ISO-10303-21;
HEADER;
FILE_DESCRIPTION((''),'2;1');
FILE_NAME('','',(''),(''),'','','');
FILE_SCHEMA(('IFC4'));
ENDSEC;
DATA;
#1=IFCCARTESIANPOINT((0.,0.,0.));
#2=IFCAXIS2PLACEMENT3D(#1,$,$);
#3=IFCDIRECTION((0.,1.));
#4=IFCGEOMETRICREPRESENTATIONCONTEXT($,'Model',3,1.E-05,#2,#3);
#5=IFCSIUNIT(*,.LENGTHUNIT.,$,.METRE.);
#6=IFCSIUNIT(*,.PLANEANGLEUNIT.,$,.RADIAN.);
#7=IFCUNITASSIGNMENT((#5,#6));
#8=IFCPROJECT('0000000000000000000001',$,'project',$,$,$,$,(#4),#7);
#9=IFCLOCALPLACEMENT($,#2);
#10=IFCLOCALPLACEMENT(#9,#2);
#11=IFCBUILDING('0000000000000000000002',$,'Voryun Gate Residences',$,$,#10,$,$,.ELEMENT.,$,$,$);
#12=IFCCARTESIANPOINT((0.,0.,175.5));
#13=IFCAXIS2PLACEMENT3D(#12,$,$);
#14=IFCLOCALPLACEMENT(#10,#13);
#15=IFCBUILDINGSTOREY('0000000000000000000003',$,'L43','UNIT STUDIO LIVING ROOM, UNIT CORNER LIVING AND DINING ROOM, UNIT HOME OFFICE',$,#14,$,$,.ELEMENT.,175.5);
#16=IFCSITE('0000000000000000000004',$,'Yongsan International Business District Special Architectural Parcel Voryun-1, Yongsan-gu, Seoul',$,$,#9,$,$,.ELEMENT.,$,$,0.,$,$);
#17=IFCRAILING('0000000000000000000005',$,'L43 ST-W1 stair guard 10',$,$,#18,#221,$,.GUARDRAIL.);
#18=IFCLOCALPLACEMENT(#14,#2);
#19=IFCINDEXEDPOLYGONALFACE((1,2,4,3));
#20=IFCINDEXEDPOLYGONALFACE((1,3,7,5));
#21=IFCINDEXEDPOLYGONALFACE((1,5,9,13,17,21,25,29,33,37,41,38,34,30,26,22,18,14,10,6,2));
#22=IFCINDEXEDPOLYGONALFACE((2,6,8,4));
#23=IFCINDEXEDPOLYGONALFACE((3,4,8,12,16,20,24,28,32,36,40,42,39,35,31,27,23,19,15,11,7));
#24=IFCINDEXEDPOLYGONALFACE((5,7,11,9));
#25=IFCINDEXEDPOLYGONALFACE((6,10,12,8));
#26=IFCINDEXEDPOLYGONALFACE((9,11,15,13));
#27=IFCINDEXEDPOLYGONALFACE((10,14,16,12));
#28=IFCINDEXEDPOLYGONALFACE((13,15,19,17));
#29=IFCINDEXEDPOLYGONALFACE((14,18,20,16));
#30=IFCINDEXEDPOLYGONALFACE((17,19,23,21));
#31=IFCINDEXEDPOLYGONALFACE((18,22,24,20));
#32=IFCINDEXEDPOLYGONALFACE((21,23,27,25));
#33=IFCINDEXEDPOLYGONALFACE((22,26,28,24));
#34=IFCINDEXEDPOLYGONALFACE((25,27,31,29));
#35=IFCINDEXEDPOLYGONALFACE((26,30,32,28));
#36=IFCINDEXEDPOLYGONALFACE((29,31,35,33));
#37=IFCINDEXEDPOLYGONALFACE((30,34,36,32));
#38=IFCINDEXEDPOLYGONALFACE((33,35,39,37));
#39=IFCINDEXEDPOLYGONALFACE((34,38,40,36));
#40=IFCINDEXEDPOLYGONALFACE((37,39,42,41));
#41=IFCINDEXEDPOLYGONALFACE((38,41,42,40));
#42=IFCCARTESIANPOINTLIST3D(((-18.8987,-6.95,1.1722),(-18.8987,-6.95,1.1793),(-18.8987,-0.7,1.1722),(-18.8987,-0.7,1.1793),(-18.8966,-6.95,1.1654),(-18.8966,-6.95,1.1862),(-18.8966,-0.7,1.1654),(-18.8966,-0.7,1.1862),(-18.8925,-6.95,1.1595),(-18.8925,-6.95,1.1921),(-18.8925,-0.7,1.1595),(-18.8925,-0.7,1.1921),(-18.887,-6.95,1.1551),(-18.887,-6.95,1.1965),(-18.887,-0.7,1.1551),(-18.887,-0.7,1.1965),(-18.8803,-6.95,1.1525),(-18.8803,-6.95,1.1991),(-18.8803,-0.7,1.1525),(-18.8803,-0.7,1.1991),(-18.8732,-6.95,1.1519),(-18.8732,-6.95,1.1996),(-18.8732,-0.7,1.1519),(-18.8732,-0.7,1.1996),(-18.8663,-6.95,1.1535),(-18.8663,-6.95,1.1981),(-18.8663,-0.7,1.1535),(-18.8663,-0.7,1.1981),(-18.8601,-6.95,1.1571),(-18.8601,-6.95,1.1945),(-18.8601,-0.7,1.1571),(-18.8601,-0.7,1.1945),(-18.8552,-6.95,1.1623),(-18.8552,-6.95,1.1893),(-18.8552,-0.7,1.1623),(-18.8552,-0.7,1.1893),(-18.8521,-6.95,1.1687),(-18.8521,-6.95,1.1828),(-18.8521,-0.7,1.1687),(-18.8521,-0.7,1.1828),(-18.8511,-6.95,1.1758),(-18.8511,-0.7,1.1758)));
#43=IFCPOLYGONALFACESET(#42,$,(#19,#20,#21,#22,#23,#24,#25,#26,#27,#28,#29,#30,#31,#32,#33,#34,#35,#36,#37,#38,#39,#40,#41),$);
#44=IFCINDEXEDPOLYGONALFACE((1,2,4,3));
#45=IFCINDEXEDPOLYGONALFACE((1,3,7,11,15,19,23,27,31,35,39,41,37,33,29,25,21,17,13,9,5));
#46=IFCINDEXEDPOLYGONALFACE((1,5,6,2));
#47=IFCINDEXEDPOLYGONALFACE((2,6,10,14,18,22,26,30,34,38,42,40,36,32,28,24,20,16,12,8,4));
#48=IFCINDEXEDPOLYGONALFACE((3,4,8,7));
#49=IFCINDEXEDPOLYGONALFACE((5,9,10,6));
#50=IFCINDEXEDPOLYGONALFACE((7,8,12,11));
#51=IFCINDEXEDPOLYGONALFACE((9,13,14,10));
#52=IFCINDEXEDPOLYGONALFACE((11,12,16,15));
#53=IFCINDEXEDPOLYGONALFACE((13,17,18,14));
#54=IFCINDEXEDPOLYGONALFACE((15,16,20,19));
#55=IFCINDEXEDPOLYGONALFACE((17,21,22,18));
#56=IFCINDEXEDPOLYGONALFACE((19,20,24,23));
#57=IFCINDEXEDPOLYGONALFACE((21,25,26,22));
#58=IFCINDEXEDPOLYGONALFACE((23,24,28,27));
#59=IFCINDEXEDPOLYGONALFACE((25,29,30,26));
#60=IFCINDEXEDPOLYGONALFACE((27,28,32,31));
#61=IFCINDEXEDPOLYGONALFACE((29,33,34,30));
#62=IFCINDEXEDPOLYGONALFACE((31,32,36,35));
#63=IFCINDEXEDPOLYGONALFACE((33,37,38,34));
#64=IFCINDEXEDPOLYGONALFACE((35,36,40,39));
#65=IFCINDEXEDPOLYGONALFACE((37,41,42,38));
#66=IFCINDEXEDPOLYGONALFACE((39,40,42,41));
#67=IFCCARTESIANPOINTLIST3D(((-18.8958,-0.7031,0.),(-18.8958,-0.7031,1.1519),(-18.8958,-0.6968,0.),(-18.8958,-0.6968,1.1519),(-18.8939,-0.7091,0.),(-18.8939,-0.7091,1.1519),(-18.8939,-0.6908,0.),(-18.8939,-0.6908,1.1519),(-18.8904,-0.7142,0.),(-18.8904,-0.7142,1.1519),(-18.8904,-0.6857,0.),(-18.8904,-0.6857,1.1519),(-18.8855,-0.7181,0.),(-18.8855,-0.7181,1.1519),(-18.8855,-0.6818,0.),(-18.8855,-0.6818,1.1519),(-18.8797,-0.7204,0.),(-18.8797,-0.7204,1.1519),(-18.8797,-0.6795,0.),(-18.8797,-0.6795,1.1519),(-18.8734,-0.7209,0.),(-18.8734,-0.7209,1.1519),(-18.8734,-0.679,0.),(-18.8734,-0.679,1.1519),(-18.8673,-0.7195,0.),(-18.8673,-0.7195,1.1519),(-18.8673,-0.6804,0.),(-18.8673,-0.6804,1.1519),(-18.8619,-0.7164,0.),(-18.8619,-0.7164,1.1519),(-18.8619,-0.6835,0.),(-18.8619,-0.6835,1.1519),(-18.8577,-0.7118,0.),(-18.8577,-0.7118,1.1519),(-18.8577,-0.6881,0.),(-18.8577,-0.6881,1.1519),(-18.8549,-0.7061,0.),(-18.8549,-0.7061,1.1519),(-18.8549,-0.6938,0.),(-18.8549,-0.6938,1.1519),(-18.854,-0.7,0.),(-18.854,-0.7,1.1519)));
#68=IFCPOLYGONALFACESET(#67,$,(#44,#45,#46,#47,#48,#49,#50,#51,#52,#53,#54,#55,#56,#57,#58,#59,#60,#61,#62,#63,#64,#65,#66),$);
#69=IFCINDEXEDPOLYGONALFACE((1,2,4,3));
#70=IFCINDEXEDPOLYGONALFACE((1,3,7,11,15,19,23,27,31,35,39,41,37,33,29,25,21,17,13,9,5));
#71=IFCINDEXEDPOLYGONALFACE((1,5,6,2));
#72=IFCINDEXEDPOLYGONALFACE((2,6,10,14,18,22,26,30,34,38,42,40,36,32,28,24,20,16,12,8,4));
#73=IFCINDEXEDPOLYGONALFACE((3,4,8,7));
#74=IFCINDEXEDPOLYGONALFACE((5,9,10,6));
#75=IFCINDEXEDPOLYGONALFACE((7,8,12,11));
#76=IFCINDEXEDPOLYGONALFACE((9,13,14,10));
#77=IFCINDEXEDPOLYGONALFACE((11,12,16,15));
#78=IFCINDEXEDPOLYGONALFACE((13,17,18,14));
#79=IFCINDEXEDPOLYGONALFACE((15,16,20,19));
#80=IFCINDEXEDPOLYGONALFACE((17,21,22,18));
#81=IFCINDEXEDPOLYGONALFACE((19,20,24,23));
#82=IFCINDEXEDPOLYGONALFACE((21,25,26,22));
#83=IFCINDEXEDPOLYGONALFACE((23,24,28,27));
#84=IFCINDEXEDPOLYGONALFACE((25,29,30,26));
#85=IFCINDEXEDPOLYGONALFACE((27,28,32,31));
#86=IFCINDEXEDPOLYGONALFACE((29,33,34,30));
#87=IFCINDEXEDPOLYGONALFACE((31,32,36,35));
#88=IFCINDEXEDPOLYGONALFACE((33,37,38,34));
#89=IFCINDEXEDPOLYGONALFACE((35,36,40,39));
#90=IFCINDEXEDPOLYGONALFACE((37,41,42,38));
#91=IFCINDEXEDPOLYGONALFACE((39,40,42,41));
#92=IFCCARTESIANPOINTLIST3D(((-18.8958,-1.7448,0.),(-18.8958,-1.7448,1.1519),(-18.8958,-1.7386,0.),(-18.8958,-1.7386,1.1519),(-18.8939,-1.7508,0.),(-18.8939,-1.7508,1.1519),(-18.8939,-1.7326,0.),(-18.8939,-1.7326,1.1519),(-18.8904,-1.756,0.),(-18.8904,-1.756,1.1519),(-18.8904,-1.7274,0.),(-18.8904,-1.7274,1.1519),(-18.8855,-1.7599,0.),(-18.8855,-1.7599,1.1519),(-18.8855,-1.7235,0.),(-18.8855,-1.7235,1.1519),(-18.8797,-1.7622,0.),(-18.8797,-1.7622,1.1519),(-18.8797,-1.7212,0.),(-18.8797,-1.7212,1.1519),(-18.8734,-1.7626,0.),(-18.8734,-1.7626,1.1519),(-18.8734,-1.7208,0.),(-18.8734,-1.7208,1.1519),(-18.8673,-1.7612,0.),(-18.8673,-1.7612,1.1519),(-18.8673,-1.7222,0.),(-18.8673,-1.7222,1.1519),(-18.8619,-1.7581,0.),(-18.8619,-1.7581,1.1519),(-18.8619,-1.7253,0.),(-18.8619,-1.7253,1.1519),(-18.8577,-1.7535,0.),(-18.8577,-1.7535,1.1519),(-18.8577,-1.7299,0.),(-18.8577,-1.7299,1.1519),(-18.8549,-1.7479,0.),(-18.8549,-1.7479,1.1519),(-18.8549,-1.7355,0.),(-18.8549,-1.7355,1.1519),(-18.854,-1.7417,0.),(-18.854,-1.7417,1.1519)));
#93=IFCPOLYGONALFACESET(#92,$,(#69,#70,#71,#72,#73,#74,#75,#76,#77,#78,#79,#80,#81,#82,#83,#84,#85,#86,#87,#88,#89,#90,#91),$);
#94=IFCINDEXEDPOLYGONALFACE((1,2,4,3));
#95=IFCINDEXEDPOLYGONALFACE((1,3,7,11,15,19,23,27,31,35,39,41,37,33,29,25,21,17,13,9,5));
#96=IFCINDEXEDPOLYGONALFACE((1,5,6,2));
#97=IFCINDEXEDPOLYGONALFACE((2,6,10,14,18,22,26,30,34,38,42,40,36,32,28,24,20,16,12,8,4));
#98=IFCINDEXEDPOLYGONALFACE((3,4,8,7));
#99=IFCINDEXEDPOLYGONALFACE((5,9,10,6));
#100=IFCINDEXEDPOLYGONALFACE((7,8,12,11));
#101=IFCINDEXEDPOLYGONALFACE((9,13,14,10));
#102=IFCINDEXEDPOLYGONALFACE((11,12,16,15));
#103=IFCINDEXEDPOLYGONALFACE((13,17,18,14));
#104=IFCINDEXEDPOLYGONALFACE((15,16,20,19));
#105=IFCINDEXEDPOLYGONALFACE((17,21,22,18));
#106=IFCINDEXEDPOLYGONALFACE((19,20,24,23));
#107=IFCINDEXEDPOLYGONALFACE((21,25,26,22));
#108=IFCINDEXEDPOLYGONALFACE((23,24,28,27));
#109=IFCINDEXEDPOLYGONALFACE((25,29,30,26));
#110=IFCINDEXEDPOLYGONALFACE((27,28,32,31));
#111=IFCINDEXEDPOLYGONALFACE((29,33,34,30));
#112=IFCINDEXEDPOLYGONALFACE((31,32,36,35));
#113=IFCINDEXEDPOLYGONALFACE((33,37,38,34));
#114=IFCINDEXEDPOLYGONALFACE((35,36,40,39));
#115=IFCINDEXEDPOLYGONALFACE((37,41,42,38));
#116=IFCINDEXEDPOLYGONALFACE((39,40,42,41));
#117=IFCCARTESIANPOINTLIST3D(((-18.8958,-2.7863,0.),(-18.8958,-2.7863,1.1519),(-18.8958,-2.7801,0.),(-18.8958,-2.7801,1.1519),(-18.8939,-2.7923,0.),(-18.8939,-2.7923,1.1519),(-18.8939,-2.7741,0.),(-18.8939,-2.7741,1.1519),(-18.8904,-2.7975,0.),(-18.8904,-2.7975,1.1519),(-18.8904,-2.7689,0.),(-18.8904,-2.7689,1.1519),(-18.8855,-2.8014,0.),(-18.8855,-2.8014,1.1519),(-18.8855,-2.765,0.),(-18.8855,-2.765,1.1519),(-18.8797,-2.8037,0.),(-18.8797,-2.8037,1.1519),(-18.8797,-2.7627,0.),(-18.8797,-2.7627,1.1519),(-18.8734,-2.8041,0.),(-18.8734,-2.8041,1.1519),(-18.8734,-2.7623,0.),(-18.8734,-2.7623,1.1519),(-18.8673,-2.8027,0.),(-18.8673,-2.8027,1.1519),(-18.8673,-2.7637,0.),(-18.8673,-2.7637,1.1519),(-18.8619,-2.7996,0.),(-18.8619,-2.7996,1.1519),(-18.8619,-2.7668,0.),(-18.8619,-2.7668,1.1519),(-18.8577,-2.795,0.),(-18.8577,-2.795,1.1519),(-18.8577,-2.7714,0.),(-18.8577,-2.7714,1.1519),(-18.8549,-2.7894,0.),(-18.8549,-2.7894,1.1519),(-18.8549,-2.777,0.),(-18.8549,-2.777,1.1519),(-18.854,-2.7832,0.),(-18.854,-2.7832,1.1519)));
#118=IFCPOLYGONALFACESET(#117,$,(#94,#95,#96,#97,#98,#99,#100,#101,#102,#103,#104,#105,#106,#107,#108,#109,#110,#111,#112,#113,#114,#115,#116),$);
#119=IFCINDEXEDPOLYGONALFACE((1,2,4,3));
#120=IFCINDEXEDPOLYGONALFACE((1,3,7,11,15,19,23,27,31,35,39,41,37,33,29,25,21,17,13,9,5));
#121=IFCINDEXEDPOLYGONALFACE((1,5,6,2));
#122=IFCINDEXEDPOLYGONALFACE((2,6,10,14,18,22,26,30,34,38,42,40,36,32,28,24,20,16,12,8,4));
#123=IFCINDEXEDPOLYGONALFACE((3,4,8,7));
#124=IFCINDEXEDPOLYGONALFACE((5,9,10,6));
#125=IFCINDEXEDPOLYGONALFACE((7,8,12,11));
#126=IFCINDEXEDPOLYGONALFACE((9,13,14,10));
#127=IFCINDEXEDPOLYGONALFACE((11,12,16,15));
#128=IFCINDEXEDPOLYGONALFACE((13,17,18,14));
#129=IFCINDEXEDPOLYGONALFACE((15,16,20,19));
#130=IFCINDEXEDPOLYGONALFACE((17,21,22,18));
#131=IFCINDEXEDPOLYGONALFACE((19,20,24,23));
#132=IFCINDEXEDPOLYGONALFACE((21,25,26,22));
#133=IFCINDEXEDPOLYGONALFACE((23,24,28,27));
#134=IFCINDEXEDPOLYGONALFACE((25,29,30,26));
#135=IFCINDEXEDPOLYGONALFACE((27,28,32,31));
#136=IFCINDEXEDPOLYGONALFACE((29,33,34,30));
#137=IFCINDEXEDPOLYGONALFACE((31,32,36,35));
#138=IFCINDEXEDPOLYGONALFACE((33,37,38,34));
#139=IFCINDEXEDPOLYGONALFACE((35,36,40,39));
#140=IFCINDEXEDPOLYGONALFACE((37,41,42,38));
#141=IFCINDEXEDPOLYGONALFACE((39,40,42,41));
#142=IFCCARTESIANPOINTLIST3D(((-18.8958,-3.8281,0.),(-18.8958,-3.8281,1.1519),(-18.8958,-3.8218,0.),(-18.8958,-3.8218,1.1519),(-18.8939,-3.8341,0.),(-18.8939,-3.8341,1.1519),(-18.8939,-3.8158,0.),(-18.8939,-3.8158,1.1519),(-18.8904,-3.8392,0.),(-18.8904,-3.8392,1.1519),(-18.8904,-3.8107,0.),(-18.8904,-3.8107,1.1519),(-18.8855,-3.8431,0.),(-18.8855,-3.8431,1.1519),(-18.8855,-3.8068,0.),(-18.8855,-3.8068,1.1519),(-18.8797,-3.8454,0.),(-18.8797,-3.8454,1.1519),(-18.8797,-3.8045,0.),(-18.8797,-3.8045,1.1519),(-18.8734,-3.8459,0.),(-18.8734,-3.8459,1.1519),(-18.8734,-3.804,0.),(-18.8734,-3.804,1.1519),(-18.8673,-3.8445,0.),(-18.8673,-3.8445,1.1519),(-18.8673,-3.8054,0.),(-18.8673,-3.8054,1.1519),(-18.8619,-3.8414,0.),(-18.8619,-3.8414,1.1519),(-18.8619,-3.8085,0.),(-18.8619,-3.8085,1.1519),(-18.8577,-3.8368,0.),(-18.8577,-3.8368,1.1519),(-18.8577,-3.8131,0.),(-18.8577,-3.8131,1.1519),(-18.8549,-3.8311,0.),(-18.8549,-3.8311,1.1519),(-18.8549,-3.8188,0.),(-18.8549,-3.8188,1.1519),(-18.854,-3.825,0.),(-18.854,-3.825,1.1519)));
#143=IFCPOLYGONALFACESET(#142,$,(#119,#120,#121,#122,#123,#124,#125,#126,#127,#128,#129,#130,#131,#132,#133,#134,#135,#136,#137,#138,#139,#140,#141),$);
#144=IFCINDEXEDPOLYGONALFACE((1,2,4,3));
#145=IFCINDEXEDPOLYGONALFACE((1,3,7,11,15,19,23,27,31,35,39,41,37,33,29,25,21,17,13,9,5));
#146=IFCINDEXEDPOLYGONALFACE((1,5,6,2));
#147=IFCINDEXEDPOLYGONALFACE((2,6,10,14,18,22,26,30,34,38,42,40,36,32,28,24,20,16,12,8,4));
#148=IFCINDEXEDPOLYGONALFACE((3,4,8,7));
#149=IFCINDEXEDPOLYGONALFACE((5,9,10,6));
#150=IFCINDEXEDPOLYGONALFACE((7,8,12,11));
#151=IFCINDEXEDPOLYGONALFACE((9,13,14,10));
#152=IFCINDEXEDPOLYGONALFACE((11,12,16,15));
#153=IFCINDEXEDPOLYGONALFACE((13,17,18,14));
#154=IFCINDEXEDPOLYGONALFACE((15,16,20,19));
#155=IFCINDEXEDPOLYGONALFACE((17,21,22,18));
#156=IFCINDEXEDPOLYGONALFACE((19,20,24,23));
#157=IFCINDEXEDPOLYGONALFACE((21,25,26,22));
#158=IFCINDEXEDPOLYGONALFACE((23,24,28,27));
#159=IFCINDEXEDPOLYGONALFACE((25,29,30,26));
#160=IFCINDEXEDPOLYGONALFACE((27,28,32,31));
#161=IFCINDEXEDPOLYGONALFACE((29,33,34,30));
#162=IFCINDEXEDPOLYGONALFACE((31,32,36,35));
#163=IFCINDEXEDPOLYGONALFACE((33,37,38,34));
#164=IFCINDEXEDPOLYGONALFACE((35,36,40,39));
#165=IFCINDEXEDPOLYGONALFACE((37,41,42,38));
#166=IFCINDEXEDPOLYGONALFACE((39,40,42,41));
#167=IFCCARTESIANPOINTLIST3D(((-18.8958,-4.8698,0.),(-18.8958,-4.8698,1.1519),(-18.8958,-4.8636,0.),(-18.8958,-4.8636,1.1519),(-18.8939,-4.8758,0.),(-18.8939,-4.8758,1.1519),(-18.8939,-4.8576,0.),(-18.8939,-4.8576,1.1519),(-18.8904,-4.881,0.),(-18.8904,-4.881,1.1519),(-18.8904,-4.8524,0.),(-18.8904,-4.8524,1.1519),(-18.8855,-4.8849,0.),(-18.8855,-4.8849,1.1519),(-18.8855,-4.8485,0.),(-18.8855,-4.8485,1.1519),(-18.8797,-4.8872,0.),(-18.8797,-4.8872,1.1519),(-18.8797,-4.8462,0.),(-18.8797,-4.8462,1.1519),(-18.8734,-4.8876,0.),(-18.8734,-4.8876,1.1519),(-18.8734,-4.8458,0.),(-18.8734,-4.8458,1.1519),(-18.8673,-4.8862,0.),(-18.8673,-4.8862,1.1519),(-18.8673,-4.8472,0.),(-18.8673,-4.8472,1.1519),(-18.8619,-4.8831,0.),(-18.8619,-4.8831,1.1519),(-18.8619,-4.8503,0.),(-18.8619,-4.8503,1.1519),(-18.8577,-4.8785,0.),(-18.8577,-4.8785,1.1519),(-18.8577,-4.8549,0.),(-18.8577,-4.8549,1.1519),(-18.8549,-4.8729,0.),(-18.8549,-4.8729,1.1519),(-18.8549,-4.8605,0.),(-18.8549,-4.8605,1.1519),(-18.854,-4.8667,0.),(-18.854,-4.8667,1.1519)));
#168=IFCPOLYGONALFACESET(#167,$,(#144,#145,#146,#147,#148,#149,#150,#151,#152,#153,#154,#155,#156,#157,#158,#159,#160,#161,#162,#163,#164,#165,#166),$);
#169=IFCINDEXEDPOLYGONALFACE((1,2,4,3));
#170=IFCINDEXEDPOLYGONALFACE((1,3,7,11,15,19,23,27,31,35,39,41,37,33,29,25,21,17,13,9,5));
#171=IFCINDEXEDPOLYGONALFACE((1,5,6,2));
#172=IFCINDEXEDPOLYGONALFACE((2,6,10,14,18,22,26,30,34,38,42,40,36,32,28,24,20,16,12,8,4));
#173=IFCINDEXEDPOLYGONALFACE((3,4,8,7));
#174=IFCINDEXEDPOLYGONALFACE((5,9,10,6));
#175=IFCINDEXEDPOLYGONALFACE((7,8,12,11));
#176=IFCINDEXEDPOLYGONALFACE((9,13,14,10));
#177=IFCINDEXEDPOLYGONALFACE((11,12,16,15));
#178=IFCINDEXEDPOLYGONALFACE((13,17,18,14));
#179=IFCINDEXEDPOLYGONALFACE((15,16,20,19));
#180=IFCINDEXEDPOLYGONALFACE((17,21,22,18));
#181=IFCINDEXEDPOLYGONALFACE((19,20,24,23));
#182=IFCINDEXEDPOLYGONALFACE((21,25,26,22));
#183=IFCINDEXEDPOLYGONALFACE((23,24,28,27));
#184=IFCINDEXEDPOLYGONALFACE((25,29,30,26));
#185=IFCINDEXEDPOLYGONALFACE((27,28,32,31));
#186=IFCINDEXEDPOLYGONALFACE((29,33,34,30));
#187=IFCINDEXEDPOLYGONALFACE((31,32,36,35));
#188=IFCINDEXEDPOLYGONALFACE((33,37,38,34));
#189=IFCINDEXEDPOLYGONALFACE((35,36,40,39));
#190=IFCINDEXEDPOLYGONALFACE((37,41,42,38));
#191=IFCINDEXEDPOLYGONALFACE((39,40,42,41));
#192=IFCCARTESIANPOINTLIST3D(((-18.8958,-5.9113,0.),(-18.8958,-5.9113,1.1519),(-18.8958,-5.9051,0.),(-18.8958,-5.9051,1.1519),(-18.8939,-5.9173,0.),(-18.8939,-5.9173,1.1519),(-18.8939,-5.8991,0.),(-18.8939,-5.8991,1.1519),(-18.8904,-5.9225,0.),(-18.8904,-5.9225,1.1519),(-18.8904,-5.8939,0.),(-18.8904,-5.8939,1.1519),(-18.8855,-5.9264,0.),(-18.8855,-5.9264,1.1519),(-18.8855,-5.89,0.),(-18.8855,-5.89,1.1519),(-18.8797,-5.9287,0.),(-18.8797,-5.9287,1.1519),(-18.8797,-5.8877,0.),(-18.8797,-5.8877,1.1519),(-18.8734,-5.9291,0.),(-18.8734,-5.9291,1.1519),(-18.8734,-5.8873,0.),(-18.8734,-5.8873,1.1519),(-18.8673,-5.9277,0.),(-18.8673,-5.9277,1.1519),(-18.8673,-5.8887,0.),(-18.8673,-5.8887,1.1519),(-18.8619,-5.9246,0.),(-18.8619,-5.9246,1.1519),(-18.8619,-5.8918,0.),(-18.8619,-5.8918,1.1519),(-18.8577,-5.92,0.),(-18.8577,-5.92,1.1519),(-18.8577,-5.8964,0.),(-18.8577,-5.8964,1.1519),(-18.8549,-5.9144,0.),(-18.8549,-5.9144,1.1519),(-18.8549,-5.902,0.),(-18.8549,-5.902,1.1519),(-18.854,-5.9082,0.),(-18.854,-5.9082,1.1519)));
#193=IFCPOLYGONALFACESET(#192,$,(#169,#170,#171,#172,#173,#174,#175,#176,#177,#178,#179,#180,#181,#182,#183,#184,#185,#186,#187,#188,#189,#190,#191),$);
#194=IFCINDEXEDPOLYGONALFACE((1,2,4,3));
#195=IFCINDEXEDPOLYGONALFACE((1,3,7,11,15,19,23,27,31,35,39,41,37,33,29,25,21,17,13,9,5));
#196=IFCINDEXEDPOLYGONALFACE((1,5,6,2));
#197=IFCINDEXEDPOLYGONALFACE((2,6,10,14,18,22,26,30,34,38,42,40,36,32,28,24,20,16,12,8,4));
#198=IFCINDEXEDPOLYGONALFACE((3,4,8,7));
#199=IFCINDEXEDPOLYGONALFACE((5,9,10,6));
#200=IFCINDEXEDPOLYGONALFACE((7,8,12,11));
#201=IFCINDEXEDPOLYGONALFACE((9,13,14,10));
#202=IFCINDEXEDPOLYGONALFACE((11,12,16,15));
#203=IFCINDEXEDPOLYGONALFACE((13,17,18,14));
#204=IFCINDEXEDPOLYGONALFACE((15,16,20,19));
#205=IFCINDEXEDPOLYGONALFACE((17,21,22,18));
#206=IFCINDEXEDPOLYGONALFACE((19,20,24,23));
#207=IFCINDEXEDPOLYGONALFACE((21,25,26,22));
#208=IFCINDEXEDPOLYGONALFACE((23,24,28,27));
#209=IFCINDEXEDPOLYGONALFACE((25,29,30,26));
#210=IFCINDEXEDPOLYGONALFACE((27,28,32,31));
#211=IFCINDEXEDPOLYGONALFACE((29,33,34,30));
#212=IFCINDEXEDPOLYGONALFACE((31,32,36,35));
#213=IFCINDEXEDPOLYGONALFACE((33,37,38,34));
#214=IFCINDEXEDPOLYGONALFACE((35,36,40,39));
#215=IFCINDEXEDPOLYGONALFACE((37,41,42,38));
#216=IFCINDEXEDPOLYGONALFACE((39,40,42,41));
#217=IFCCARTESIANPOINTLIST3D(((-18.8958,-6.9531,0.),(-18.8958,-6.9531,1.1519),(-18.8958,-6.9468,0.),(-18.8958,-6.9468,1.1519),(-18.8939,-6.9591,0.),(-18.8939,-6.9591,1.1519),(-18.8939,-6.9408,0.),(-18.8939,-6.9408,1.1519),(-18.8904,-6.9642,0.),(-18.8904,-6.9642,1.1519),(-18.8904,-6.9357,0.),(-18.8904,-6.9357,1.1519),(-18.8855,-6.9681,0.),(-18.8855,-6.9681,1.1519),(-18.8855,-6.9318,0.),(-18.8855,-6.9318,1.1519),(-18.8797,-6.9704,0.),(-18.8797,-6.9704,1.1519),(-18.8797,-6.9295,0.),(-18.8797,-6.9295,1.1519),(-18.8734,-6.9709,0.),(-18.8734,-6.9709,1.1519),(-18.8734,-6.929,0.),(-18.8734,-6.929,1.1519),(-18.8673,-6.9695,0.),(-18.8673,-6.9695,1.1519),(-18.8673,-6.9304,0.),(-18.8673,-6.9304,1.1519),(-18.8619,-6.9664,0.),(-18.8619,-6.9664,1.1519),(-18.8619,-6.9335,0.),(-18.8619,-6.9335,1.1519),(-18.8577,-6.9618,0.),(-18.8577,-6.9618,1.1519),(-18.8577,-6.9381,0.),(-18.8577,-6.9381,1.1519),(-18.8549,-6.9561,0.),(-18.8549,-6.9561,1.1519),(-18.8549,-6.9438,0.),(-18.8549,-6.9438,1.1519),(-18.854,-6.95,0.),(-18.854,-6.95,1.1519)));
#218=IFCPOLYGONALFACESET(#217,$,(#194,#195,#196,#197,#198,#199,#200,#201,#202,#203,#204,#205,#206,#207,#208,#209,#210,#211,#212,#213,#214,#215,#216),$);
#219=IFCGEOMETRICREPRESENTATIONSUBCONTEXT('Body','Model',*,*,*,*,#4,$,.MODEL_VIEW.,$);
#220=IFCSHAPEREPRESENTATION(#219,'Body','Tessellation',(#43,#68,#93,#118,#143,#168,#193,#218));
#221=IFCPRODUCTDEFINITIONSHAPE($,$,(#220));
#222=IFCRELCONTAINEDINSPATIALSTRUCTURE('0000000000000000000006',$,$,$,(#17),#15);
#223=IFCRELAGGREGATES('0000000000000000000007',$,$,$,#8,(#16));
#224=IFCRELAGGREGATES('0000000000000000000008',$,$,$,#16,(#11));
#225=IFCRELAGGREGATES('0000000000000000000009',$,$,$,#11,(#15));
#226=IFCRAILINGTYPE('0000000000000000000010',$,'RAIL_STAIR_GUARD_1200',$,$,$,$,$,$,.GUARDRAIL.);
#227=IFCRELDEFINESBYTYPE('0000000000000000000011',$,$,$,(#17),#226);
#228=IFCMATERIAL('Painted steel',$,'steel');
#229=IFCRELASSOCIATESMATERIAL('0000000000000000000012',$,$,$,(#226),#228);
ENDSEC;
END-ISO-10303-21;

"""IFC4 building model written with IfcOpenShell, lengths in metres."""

from ifc_helpers import new_model, si_unit, direction, frame, origin, origin_2d, place, context, subcontext, project, spatial, circle, extrude, material, type_object, element, save


model = new_model("IFC4")

# Units and contexts
model_context = context("Model", 3, precision=1e-05, world=origin(), true_north=direction((0.0, 1.0)))
body_context = subcontext(model_context, "Body", "Model", "MODEL_VIEW")
ifc_project = project(units=[si_unit("LENGTHUNIT", "METRE"), si_unit("PLANEANGLEUNIT", "RADIAN")], contexts=[model_context])

# Site, building, storey
site_placement = place(None, origin())
site = spatial("IfcSite", under=ifc_project, at=site_placement, Name="Yongsan International Business District Special Architectural Parcel Voryun-1, Yongsan-gu, Seoul", CompositionType="ELEMENT", RefElevation=0.0)
building_placement = place(site_placement, origin())
building = spatial("IfcBuilding", under=site, at=building_placement, Name="Voryun Gate Residences", CompositionType="ELEMENT")
storey_placement = place(building_placement, frame((0.0, 0.0, 175.5)))
storey = spatial("IfcBuildingStorey", under=building, at=storey_placement, Name="L43", Description="UNIT STUDIO LIVING ROOM, UNIT CORNER LIVING AND DINING ROOM, UNIT HOME OFFICE", CompositionType="ELEMENT", Elevation=175.5)

# Railing
ifc_material_1 = material(Name="Painted steel", Category="steel")
railing_type = type_object("IfcRailingType", Name="RAIL_STAIR_GUARD_1200", PredefinedType="GUARDRAIL", material=ifc_material_1)
railing_1_placement = place(storey_placement, frame((-18.875, -0.7, 0.0)))
element("IfcRailing", 1, at=railing_1_placement, inside=storey, type_object=railing_type, Name="L43 ST-W1 stair guard 10", PredefinedType="GUARDRAIL", context=body_context, shape_type="SweptSolid", body=[
    extrude(circle(Radius=0.0239, at=origin_2d()), frame((0.0, 0.0, 1.1758), z_axis=(0.0, -1.0, 0.0), x_axis=(1.0, 0.0, 0.0)), (0.0, 0.0, 1.0), 6.25),
    extrude(circle(Radius=0.021, at=origin_2d()), origin(), (0.0, 0.0, 1.0), 1.1519),
    extrude(circle(Radius=0.021, at=origin_2d()), frame((0.0, -1.0417, 0.0)), (0.0, 0.0, 1.0), 1.1519),
    extrude(circle(Radius=0.021, at=origin_2d()), frame((0.0, -2.0833, 0.0)), (0.0, 0.0, 1.0), 1.1519),
    extrude(circle(Radius=0.021, at=origin_2d()), frame((0.0, -3.125, 0.0)), (0.0, 0.0, 1.0), 1.1519),
    extrude(circle(Radius=0.021, at=origin_2d()), frame((0.0, -4.1667, 0.0)), (0.0, 0.0, 1.0), 1.1519),
    extrude(circle(Radius=0.021, at=origin_2d()), frame((0.0, -5.2083, 0.0)), (0.0, 0.0, 1.0), 1.1519),
    extrude(circle(Radius=0.021, at=origin_2d()), frame((0.0, -6.25, 0.0)), (0.0, 0.0, 1.0), 1.1519),
])

save(model, "model.ifc")
